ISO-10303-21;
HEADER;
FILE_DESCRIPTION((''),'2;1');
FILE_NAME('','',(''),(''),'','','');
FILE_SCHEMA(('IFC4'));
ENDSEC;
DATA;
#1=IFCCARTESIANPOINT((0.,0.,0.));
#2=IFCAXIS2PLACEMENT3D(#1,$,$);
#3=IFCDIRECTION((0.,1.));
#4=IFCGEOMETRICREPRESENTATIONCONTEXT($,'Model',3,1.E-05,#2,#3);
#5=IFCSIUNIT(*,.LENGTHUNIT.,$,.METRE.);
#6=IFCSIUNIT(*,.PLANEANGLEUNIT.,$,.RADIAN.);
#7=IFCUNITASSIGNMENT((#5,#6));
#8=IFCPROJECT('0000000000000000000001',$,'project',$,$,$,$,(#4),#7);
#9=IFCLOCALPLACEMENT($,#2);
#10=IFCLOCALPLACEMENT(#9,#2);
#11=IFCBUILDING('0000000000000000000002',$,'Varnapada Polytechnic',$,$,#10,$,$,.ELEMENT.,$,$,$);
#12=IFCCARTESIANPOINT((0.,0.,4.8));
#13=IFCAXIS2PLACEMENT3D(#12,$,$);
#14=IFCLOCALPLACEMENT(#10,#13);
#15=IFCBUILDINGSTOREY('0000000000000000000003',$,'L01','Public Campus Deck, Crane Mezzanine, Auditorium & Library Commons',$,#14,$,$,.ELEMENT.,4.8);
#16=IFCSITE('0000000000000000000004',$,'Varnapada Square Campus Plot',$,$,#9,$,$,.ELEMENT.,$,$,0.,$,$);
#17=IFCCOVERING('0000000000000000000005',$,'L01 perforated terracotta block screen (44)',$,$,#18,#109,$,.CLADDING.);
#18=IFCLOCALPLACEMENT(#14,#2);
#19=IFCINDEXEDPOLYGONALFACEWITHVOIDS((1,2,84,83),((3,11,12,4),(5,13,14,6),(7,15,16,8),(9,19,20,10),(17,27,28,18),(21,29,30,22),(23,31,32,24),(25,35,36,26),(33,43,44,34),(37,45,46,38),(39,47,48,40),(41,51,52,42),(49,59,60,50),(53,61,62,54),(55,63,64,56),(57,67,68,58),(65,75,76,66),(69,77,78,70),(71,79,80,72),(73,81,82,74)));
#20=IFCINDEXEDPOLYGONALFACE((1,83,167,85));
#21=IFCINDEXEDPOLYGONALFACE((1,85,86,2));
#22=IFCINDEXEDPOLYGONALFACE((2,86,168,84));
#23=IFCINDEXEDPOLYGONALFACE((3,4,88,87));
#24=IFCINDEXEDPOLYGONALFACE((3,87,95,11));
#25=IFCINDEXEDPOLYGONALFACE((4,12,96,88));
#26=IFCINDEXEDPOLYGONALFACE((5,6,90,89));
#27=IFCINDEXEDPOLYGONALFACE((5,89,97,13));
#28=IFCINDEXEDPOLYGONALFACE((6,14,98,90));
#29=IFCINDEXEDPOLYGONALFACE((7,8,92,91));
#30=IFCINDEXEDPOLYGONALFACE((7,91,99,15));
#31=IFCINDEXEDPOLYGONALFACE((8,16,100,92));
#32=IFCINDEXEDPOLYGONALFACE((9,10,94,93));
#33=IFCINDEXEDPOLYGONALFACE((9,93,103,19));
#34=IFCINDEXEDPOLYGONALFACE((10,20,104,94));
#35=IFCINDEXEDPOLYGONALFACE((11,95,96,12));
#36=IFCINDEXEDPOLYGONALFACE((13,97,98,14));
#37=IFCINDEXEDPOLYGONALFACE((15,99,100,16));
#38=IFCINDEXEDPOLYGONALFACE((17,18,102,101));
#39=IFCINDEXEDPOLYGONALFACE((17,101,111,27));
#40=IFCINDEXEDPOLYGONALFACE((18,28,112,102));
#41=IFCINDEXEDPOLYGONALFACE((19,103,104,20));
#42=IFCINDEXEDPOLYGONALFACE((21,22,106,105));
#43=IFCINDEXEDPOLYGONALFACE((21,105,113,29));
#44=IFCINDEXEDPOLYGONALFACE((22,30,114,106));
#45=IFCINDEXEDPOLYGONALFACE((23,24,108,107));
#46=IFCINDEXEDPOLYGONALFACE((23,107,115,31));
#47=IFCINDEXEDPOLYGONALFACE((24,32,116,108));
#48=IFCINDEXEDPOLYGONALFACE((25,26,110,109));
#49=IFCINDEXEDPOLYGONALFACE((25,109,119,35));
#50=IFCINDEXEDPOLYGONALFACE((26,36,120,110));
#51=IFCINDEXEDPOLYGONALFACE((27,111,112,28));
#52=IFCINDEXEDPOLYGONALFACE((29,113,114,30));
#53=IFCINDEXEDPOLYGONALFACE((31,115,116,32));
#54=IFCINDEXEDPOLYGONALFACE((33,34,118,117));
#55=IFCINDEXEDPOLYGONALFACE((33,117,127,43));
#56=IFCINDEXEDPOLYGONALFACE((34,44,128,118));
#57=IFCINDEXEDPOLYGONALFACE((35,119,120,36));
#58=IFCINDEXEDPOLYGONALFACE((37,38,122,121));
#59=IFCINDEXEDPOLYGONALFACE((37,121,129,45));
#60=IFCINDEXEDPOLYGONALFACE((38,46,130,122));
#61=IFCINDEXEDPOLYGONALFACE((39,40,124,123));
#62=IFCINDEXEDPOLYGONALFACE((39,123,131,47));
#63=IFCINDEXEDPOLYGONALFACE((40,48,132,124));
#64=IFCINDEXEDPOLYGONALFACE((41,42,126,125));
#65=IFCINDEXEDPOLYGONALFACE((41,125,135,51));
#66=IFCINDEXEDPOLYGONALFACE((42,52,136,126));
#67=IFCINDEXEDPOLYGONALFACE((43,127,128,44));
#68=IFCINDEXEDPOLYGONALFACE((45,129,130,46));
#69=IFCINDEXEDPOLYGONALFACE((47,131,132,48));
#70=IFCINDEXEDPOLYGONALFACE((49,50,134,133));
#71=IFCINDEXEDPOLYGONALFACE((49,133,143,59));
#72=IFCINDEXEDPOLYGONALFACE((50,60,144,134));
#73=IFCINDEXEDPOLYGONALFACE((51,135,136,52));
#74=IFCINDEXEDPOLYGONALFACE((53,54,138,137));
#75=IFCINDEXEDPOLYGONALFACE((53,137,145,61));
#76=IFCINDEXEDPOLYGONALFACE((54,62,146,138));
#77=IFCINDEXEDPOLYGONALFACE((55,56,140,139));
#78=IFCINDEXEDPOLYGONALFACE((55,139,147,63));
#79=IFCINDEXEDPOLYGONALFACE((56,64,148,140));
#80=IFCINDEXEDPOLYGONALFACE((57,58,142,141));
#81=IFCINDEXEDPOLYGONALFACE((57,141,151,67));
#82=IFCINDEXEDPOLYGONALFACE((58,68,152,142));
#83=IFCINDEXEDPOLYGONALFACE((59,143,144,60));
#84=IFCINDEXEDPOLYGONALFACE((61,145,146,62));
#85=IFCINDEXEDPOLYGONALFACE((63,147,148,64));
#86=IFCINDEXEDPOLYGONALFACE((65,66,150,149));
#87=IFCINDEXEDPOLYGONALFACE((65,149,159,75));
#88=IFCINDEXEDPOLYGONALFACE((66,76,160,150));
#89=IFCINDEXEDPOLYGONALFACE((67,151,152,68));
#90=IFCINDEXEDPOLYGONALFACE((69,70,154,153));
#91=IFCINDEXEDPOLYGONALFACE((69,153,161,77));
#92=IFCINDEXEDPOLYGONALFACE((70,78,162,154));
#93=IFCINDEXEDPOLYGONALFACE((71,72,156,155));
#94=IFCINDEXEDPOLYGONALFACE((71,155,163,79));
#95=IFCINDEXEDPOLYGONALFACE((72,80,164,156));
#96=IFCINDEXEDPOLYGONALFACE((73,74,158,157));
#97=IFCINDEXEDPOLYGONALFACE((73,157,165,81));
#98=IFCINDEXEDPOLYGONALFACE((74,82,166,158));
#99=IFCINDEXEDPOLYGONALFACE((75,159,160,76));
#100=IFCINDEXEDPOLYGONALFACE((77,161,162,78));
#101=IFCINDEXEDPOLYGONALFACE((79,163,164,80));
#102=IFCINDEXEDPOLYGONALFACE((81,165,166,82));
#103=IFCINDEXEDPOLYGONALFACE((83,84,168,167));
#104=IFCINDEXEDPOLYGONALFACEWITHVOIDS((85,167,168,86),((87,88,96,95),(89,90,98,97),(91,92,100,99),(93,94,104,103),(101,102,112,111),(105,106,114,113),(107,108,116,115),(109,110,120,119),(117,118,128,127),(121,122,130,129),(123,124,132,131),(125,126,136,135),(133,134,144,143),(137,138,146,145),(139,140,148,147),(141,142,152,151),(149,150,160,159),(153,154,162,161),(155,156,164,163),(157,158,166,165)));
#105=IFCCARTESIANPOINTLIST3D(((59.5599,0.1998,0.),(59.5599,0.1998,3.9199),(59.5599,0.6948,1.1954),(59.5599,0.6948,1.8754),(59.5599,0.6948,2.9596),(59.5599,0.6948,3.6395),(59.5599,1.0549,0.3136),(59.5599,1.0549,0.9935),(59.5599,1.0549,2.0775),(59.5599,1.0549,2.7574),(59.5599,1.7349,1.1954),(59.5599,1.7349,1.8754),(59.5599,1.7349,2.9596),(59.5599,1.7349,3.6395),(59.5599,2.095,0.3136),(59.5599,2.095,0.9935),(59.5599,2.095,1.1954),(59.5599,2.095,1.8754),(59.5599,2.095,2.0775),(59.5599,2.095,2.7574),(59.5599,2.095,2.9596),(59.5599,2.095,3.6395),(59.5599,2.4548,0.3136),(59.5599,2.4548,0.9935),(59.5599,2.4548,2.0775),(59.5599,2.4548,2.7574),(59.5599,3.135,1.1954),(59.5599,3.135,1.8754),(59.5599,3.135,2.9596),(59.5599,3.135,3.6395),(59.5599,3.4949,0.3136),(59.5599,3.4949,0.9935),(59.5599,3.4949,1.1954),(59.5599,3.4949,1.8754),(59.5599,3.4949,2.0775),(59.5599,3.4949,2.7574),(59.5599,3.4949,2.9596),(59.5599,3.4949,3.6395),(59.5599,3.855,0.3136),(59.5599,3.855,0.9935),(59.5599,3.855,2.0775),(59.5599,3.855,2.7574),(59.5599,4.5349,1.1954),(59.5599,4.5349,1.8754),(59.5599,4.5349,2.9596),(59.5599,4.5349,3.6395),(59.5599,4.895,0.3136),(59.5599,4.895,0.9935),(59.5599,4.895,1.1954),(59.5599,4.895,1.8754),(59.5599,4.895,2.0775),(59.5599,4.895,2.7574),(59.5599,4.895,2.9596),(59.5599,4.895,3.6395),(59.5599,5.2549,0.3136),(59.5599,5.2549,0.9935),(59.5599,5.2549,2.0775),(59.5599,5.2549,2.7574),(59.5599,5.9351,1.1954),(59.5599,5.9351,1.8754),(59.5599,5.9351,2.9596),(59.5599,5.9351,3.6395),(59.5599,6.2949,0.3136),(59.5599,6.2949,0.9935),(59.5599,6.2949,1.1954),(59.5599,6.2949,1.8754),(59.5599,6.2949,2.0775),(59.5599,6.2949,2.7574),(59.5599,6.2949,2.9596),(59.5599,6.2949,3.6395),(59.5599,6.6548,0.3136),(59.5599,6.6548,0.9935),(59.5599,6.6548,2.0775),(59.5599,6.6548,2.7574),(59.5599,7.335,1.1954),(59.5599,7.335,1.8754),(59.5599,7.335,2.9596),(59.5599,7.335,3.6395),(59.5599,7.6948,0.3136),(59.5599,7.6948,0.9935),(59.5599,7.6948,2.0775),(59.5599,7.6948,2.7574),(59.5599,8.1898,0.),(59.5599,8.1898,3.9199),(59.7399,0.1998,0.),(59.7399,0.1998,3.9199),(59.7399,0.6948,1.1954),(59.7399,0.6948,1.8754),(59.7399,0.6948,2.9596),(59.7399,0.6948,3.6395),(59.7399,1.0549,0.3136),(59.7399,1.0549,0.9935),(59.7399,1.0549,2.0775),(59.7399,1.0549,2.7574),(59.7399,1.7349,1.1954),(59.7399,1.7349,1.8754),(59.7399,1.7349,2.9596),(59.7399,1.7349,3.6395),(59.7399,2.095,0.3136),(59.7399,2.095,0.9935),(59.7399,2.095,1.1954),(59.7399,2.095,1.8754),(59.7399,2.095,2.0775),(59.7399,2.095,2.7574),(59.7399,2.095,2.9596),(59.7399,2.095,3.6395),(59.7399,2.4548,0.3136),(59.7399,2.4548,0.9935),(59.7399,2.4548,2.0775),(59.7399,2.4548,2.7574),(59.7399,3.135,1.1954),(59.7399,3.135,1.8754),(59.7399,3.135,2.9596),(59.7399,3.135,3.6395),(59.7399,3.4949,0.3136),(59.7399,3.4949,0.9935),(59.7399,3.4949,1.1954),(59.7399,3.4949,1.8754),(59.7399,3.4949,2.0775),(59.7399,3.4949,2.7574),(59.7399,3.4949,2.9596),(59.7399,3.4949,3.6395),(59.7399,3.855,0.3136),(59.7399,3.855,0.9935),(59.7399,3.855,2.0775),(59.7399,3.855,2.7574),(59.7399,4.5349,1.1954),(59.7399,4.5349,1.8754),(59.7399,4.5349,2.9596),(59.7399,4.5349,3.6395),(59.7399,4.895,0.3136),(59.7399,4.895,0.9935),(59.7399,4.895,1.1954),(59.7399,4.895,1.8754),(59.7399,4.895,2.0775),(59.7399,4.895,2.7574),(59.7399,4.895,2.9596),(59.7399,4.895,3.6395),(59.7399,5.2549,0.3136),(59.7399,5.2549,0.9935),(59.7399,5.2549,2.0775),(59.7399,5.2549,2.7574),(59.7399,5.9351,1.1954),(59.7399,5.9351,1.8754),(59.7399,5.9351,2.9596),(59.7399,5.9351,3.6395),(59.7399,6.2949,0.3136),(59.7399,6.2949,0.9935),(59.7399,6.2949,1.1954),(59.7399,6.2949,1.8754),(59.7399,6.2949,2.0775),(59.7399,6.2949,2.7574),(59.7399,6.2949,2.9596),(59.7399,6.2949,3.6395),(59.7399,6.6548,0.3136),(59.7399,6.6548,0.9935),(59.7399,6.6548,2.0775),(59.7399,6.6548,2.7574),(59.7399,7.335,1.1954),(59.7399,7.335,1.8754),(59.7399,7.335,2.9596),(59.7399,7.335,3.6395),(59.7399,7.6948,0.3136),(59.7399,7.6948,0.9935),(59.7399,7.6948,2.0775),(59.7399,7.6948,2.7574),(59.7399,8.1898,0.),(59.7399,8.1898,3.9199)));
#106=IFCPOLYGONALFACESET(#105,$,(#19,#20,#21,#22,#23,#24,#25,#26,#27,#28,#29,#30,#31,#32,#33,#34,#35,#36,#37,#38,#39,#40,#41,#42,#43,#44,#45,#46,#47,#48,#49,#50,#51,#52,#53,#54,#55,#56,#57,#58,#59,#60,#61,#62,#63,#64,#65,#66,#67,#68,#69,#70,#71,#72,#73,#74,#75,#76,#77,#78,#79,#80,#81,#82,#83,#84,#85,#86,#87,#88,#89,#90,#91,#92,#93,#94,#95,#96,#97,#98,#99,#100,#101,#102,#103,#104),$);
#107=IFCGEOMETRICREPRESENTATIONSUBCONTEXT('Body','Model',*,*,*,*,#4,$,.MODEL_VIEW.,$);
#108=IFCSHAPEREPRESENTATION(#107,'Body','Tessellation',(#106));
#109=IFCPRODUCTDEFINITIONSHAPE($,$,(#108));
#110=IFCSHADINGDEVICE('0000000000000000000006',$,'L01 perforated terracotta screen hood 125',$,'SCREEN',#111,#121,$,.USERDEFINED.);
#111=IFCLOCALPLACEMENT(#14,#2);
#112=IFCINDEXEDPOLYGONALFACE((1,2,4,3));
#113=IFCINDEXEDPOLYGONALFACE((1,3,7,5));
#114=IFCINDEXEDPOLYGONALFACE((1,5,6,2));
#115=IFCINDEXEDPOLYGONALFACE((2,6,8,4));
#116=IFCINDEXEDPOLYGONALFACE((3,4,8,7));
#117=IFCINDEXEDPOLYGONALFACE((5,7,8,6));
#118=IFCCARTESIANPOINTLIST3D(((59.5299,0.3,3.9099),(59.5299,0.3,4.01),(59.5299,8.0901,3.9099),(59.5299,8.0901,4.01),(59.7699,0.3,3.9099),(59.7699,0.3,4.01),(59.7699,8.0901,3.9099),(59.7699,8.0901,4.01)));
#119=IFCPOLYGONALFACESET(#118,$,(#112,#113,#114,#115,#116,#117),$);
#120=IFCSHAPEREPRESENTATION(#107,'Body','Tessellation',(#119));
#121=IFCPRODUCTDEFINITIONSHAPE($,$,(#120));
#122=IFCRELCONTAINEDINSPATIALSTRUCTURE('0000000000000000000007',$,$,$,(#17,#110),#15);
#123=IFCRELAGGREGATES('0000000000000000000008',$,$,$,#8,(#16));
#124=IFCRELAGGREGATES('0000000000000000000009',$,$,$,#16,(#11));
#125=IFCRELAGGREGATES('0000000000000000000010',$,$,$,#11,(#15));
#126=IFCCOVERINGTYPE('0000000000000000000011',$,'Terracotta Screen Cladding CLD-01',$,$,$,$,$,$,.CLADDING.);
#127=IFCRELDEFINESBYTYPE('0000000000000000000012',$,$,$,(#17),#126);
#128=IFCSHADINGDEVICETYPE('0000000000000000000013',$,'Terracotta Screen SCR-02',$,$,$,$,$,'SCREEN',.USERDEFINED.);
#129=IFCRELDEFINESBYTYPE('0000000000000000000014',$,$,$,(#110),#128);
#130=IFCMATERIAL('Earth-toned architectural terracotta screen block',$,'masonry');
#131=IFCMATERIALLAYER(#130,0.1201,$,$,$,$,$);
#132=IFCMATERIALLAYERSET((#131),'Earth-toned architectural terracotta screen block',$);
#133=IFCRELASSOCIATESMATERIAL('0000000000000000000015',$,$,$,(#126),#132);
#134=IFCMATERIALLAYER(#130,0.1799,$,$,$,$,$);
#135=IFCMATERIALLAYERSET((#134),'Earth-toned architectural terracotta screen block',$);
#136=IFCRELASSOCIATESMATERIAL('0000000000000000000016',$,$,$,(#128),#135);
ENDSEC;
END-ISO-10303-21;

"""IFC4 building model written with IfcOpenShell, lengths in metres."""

from ifc_helpers import new_model, si_unit, direction, frame, frame_2d, origin, origin_2d, place, context, subcontext, project, spatial, rectangle, extrude, material, layer, layer_set, type_object, element, save


model = new_model("IFC4")

# Units and contexts
model_context = context("Model", 3, precision=1e-05, world=origin(), true_north=direction((0.0, 1.0)))
body_context = subcontext(model_context, "Body", "Model", "MODEL_VIEW")
ifc_project = project(units=[si_unit("LENGTHUNIT", "METRE"), si_unit("PLANEANGLEUNIT", "RADIAN")], contexts=[model_context])

# Site, building, storey
site_placement = place(None, origin())
site = spatial("IfcSite", under=ifc_project, at=site_placement, Name="Varnapada Square Campus Plot", CompositionType="ELEMENT", RefElevation=0.0)
building_placement = place(site_placement, origin())
building = spatial("IfcBuilding", under=site, at=building_placement, Name="Varnapada Polytechnic", CompositionType="ELEMENT")
storey_placement = place(building_placement, frame((0.0, 0.0, 4.8)))
storey = spatial("IfcBuildingStorey", under=building, at=storey_placement, Name="L01", Description="Public Campus Deck, Crane Mezzanine, Auditorium & Library Commons", CompositionType="ELEMENT", Elevation=4.8)

# Covering, openings
ifc_material_1 = material(Name="Earth-toned architectural terracotta screen block", Category="masonry")
ifc_layer_1 = layer(ifc_material_1, 0.1201)
ifc_layer_set_1 = layer_set([ifc_layer_1], Name="Earth-toned architectural terracotta screen block")
covering_type = type_object("IfcCoveringType", Name="Terracotta Screen Cladding CLD-01", PredefinedType="CLADDING", material=ifc_layer_set_1)
covering_placement = place(storey_placement, frame((59.6499, 8.1899, 0.0), z_axis=(0.0, 0.0, 1.0), x_axis=(0.0, -1.0, 0.0)))
covering = element("IfcCovering", 1, at=covering_placement, inside=storey, type_object=covering_type, Name="L01 perforated terracotta block screen (44)", PredefinedType="CLADDING", context=body_context, shape_type="SweptSolid", body=[
    extrude(rectangle(XDim=7.99, YDim=0.1799, at=frame_2d((3.9951, 0.0))), origin(), (0.0, 0.0, 1.0), 3.9199),
])
opening_1_placement = place(covering_placement, frame((0.4951, 0.0, 0.3137)))
element("IfcOpeningElement", 2, at=opening_1_placement, cuts=covering, PredefinedType="OPENING", context=body_context, shape_type="SweptSolid", body=[
    extrude(rectangle(XDim=1.04, YDim=0.6799, at=frame_2d((0.52, 0.3398))), frame((0.0, 0.0999, 0.0), z_axis=(0.0, -1.0, 0.0), x_axis=(1.0, 0.0, 0.0)), (0.0, 0.0, 1.0), 0.2),
])
opening_2_placement = place(covering_placement, frame((1.895, 0.0, 0.3137)))
element("IfcOpeningElement", 3, at=opening_2_placement, cuts=covering, PredefinedType="OPENING", context=body_context, shape_type="SweptSolid", body=[
    extrude(rectangle(XDim=1.04, YDim=0.6799, at=frame_2d((0.52, 0.3398))), frame((0.0, 0.0999, 0.0), z_axis=(0.0, -1.0, 0.0), x_axis=(1.0, 0.0, 0.0)), (0.0, 0.0, 1.0), 0.2),
])
opening_3_placement = place(covering_placement, frame((3.2949, 0.0, 0.3137)))
element("IfcOpeningElement", 4, at=opening_3_placement, cuts=covering, PredefinedType="OPENING", context=body_context, shape_type="SweptSolid", body=[
    extrude(rectangle(XDim=1.04, YDim=0.6799, at=frame_2d((0.52, 0.3398))), frame((0.0, 0.0999, 0.0), z_axis=(0.0, -1.0, 0.0), x_axis=(1.0, 0.0, 0.0)), (0.0, 0.0, 1.0), 0.2),
])
opening_4_placement = place(covering_placement, frame((4.6951, 0.0, 0.3137)))
element("IfcOpeningElement", 5, at=opening_4_placement, cuts=covering, PredefinedType="OPENING", context=body_context, shape_type="SweptSolid", body=[
    extrude(rectangle(XDim=1.04, YDim=0.6799, at=frame_2d((0.52, 0.3398))), frame((0.0, 0.0999, 0.0), z_axis=(0.0, -1.0, 0.0), x_axis=(1.0, 0.0, 0.0)), (0.0, 0.0, 1.0), 0.2),
])
opening_5_placement = place(covering_placement, frame((6.095, 0.0, 0.3137)))
element("IfcOpeningElement", 6, at=opening_5_placement, cuts=covering, PredefinedType="OPENING", context=body_context, shape_type="SweptSolid", body=[
    extrude(rectangle(XDim=1.04, YDim=0.6799, at=frame_2d((0.52, 0.3398))), frame((0.0, 0.0999, 0.0), z_axis=(0.0, -1.0, 0.0), x_axis=(1.0, 0.0, 0.0)), (0.0, 0.0, 1.0), 0.2),
])
opening_6_placement = place(covering_placement, frame((0.855, 0.0, 1.1956)))
element("IfcOpeningElement", 7, at=opening_6_placement, cuts=covering, PredefinedType="OPENING", context=body_context, shape_type="SweptSolid", body=[
    extrude(rectangle(XDim=1.04, YDim=0.6799, at=frame_2d((0.52, 0.3398))), frame((0.0, 0.0999, 0.0), z_axis=(0.0, -1.0, 0.0), x_axis=(1.0, 0.0, 0.0)), (0.0, 0.0, 1.0), 0.2),
])
opening_7_placement = place(covering_placement, frame((2.2549, 0.0, 1.1956)))
element("IfcOpeningElement", 8, at=opening_7_placement, cuts=covering, PredefinedType="OPENING", context=body_context, shape_type="SweptSolid", body=[
    extrude(rectangle(XDim=1.04, YDim=0.6799, at=frame_2d((0.52, 0.3398))), frame((0.0, 0.0999, 0.0), z_axis=(0.0, -1.0, 0.0), x_axis=(1.0, 0.0, 0.0)), (0.0, 0.0, 1.0), 0.2),
])
opening_8_placement = place(covering_placement, frame((3.655, 0.0, 1.1956)))
element("IfcOpeningElement", 9, at=opening_8_placement, cuts=covering, PredefinedType="OPENING", context=body_context, shape_type="SweptSolid", body=[
    extrude(rectangle(XDim=1.04, YDim=0.6799, at=frame_2d((0.52, 0.3398))), frame((0.0, 0.0999, 0.0), z_axis=(0.0, -1.0, 0.0), x_axis=(1.0, 0.0, 0.0)), (0.0, 0.0, 1.0), 0.2),
])
opening_9_placement = place(covering_placement, frame((5.0549, 0.0, 1.1956)))
element("IfcOpeningElement", 10, at=opening_9_placement, cuts=covering, PredefinedType="OPENING", context=body_context, shape_type="SweptSolid", body=[
    extrude(rectangle(XDim=1.04, YDim=0.6799, at=frame_2d((0.52, 0.3398))), frame((0.0, 0.0999, 0.0), z_axis=(0.0, -1.0, 0.0), x_axis=(1.0, 0.0, 0.0)), (0.0, 0.0, 1.0), 0.2),
])
opening_10_placement = place(covering_placement, frame((6.4551, 0.0, 1.1956)))
element("IfcOpeningElement", 11, at=opening_10_placement, cuts=covering, PredefinedType="OPENING", context=body_context, shape_type="SweptSolid", body=[
    extrude(rectangle(XDim=1.04, YDim=0.6799, at=frame_2d((0.52, 0.3398))), frame((0.0, 0.0999, 0.0), z_axis=(0.0, -1.0, 0.0), x_axis=(1.0, 0.0, 0.0)), (0.0, 0.0, 1.0), 0.2),
])
opening_11_placement = place(covering_placement, frame((0.4951, 0.0, 2.0776)))
element("IfcOpeningElement", 12, at=opening_11_placement, cuts=covering, PredefinedType="OPENING", context=body_context, shape_type="SweptSolid", body=[
    extrude(rectangle(XDim=1.04, YDim=0.6799, at=frame_2d((0.52, 0.3398))), frame((0.0, 0.0999, 0.0), z_axis=(0.0, -1.0, 0.0), x_axis=(1.0, 0.0, 0.0)), (0.0, 0.0, 1.0), 0.2),
])
opening_12_placement = place(covering_placement, frame((1.895, 0.0, 2.0776)))
element("IfcOpeningElement", 13, at=opening_12_placement, cuts=covering, PredefinedType="OPENING", context=body_context, shape_type="SweptSolid", body=[
    extrude(rectangle(XDim=1.04, YDim=0.6799, at=frame_2d((0.52, 0.3398))), frame((0.0, 0.0999, 0.0), z_axis=(0.0, -1.0, 0.0), x_axis=(1.0, 0.0, 0.0)), (0.0, 0.0, 1.0), 0.2),
])
opening_13_placement = place(covering_placement, frame((3.2949, 0.0, 2.0776)))
element("IfcOpeningElement", 14, at=opening_13_placement, cuts=covering, PredefinedType="OPENING", context=body_context, shape_type="SweptSolid", body=[
    extrude(rectangle(XDim=1.04, YDim=0.6799, at=frame_2d((0.52, 0.3398))), frame((0.0, 0.0999, 0.0), z_axis=(0.0, -1.0, 0.0), x_axis=(1.0, 0.0, 0.0)), (0.0, 0.0, 1.0), 0.2),
])
opening_14_placement = place(covering_placement, frame((4.6951, 0.0, 2.0776)))
element("IfcOpeningElement", 15, at=opening_14_placement, cuts=covering, PredefinedType="OPENING", context=body_context, shape_type="SweptSolid", body=[
    extrude(rectangle(XDim=1.04, YDim=0.6799, at=frame_2d((0.52, 0.3398))), frame((0.0, 0.0999, 0.0), z_axis=(0.0, -1.0, 0.0), x_axis=(1.0, 0.0, 0.0)), (0.0, 0.0, 1.0), 0.2),
])
opening_15_placement = place(covering_placement, frame((6.095, 0.0, 2.0776)))
element("IfcOpeningElement", 16, at=opening_15_placement, cuts=covering, PredefinedType="OPENING", context=body_context, shape_type="SweptSolid", body=[
    extrude(rectangle(XDim=1.04, YDim=0.6799, at=frame_2d((0.52, 0.3398))), frame((0.0, 0.0999, 0.0), z_axis=(0.0, -1.0, 0.0), x_axis=(1.0, 0.0, 0.0)), (0.0, 0.0, 1.0), 0.2),
])
opening_16_placement = place(covering_placement, frame((0.855, 0.0, 2.9597)))
element("IfcOpeningElement", 17, at=opening_16_placement, cuts=covering, PredefinedType="OPENING", context=body_context, shape_type="SweptSolid", body=[
    extrude(rectangle(XDim=1.04, YDim=0.6799, at=frame_2d((0.52, 0.3398))), frame((0.0, 0.0999, 0.0), z_axis=(0.0, -1.0, 0.0), x_axis=(1.0, 0.0, 0.0)), (0.0, 0.0, 1.0), 0.2),
])
opening_17_placement = place(covering_placement, frame((2.2549, 0.0, 2.9597)))
element("IfcOpeningElement", 18, at=opening_17_placement, cuts=covering, PredefinedType="OPENING", context=body_context, shape_type="SweptSolid", body=[
    extrude(rectangle(XDim=1.04, YDim=0.6799, at=frame_2d((0.52, 0.3398))), frame((0.0, 0.0999, 0.0), z_axis=(0.0, -1.0, 0.0), x_axis=(1.0, 0.0, 0.0)), (0.0, 0.0, 1.0), 0.2),
])
opening_18_placement = place(covering_placement, frame((3.655, 0.0, 2.9597)))
element("IfcOpeningElement", 19, at=opening_18_placement, cuts=covering, PredefinedType="OPENING", context=body_context, shape_type="SweptSolid", body=[
    extrude(rectangle(XDim=1.04, YDim=0.6799, at=frame_2d((0.52, 0.3398))), frame((0.0, 0.0999, 0.0), z_axis=(0.0, -1.0, 0.0), x_axis=(1.0, 0.0, 0.0)), (0.0, 0.0, 1.0), 0.2),
])
opening_19_placement = place(covering_placement, frame((5.0549, 0.0, 2.9597)))
element("IfcOpeningElement", 20, at=opening_19_placement, cuts=covering, PredefinedType="OPENING", context=body_context, shape_type="SweptSolid", body=[
    extrude(rectangle(XDim=1.04, YDim=0.6799, at=frame_2d((0.52, 0.3398))), frame((0.0, 0.0999, 0.0), z_axis=(0.0, -1.0, 0.0), x_axis=(1.0, 0.0, 0.0)), (0.0, 0.0, 1.0), 0.2),
])
opening_20_placement = place(covering_placement, frame((6.4551, 0.0, 2.9597)))
element("IfcOpeningElement", 21, at=opening_20_placement, cuts=covering, PredefinedType="OPENING", context=body_context, shape_type="SweptSolid", body=[
    extrude(rectangle(XDim=1.04, YDim=0.6799, at=frame_2d((0.52, 0.3398))), frame((0.0, 0.0999, 0.0), z_axis=(0.0, -1.0, 0.0), x_axis=(1.0, 0.0, 0.0)), (0.0, 0.0, 1.0), 0.2),
])

# Shading device
ifc_layer_2 = layer(ifc_material_1, 0.1799)
ifc_layer_set_2 = layer_set([ifc_layer_2], Name="Earth-toned architectural terracotta screen block")
shading_device_type = type_object("IfcShadingDeviceType", Name="Terracotta Screen SCR-02", ElementType="SCREEN", PredefinedType="USERDEFINED", material=ifc_layer_set_2)
shading_device_placement = place(storey_placement, frame((59.6499, 4.1951, 3.9099), z_axis=(0.0, 0.0, 1.0), x_axis=(0.0, -1.0, 0.0)))
element("IfcShadingDevice", 22, at=shading_device_placement, inside=storey, type_object=shading_device_type, Name="L01 perforated terracotta screen hood 125", ObjectType="SCREEN", PredefinedType="USERDEFINED", context=body_context, shape_type="SweptSolid", body=[
    extrude(rectangle(XDim=7.79, YDim=0.24, at=origin_2d()), origin(), (0.0, 0.0, 1.0), 0.1001),
])

save(model, "model.ifc")
